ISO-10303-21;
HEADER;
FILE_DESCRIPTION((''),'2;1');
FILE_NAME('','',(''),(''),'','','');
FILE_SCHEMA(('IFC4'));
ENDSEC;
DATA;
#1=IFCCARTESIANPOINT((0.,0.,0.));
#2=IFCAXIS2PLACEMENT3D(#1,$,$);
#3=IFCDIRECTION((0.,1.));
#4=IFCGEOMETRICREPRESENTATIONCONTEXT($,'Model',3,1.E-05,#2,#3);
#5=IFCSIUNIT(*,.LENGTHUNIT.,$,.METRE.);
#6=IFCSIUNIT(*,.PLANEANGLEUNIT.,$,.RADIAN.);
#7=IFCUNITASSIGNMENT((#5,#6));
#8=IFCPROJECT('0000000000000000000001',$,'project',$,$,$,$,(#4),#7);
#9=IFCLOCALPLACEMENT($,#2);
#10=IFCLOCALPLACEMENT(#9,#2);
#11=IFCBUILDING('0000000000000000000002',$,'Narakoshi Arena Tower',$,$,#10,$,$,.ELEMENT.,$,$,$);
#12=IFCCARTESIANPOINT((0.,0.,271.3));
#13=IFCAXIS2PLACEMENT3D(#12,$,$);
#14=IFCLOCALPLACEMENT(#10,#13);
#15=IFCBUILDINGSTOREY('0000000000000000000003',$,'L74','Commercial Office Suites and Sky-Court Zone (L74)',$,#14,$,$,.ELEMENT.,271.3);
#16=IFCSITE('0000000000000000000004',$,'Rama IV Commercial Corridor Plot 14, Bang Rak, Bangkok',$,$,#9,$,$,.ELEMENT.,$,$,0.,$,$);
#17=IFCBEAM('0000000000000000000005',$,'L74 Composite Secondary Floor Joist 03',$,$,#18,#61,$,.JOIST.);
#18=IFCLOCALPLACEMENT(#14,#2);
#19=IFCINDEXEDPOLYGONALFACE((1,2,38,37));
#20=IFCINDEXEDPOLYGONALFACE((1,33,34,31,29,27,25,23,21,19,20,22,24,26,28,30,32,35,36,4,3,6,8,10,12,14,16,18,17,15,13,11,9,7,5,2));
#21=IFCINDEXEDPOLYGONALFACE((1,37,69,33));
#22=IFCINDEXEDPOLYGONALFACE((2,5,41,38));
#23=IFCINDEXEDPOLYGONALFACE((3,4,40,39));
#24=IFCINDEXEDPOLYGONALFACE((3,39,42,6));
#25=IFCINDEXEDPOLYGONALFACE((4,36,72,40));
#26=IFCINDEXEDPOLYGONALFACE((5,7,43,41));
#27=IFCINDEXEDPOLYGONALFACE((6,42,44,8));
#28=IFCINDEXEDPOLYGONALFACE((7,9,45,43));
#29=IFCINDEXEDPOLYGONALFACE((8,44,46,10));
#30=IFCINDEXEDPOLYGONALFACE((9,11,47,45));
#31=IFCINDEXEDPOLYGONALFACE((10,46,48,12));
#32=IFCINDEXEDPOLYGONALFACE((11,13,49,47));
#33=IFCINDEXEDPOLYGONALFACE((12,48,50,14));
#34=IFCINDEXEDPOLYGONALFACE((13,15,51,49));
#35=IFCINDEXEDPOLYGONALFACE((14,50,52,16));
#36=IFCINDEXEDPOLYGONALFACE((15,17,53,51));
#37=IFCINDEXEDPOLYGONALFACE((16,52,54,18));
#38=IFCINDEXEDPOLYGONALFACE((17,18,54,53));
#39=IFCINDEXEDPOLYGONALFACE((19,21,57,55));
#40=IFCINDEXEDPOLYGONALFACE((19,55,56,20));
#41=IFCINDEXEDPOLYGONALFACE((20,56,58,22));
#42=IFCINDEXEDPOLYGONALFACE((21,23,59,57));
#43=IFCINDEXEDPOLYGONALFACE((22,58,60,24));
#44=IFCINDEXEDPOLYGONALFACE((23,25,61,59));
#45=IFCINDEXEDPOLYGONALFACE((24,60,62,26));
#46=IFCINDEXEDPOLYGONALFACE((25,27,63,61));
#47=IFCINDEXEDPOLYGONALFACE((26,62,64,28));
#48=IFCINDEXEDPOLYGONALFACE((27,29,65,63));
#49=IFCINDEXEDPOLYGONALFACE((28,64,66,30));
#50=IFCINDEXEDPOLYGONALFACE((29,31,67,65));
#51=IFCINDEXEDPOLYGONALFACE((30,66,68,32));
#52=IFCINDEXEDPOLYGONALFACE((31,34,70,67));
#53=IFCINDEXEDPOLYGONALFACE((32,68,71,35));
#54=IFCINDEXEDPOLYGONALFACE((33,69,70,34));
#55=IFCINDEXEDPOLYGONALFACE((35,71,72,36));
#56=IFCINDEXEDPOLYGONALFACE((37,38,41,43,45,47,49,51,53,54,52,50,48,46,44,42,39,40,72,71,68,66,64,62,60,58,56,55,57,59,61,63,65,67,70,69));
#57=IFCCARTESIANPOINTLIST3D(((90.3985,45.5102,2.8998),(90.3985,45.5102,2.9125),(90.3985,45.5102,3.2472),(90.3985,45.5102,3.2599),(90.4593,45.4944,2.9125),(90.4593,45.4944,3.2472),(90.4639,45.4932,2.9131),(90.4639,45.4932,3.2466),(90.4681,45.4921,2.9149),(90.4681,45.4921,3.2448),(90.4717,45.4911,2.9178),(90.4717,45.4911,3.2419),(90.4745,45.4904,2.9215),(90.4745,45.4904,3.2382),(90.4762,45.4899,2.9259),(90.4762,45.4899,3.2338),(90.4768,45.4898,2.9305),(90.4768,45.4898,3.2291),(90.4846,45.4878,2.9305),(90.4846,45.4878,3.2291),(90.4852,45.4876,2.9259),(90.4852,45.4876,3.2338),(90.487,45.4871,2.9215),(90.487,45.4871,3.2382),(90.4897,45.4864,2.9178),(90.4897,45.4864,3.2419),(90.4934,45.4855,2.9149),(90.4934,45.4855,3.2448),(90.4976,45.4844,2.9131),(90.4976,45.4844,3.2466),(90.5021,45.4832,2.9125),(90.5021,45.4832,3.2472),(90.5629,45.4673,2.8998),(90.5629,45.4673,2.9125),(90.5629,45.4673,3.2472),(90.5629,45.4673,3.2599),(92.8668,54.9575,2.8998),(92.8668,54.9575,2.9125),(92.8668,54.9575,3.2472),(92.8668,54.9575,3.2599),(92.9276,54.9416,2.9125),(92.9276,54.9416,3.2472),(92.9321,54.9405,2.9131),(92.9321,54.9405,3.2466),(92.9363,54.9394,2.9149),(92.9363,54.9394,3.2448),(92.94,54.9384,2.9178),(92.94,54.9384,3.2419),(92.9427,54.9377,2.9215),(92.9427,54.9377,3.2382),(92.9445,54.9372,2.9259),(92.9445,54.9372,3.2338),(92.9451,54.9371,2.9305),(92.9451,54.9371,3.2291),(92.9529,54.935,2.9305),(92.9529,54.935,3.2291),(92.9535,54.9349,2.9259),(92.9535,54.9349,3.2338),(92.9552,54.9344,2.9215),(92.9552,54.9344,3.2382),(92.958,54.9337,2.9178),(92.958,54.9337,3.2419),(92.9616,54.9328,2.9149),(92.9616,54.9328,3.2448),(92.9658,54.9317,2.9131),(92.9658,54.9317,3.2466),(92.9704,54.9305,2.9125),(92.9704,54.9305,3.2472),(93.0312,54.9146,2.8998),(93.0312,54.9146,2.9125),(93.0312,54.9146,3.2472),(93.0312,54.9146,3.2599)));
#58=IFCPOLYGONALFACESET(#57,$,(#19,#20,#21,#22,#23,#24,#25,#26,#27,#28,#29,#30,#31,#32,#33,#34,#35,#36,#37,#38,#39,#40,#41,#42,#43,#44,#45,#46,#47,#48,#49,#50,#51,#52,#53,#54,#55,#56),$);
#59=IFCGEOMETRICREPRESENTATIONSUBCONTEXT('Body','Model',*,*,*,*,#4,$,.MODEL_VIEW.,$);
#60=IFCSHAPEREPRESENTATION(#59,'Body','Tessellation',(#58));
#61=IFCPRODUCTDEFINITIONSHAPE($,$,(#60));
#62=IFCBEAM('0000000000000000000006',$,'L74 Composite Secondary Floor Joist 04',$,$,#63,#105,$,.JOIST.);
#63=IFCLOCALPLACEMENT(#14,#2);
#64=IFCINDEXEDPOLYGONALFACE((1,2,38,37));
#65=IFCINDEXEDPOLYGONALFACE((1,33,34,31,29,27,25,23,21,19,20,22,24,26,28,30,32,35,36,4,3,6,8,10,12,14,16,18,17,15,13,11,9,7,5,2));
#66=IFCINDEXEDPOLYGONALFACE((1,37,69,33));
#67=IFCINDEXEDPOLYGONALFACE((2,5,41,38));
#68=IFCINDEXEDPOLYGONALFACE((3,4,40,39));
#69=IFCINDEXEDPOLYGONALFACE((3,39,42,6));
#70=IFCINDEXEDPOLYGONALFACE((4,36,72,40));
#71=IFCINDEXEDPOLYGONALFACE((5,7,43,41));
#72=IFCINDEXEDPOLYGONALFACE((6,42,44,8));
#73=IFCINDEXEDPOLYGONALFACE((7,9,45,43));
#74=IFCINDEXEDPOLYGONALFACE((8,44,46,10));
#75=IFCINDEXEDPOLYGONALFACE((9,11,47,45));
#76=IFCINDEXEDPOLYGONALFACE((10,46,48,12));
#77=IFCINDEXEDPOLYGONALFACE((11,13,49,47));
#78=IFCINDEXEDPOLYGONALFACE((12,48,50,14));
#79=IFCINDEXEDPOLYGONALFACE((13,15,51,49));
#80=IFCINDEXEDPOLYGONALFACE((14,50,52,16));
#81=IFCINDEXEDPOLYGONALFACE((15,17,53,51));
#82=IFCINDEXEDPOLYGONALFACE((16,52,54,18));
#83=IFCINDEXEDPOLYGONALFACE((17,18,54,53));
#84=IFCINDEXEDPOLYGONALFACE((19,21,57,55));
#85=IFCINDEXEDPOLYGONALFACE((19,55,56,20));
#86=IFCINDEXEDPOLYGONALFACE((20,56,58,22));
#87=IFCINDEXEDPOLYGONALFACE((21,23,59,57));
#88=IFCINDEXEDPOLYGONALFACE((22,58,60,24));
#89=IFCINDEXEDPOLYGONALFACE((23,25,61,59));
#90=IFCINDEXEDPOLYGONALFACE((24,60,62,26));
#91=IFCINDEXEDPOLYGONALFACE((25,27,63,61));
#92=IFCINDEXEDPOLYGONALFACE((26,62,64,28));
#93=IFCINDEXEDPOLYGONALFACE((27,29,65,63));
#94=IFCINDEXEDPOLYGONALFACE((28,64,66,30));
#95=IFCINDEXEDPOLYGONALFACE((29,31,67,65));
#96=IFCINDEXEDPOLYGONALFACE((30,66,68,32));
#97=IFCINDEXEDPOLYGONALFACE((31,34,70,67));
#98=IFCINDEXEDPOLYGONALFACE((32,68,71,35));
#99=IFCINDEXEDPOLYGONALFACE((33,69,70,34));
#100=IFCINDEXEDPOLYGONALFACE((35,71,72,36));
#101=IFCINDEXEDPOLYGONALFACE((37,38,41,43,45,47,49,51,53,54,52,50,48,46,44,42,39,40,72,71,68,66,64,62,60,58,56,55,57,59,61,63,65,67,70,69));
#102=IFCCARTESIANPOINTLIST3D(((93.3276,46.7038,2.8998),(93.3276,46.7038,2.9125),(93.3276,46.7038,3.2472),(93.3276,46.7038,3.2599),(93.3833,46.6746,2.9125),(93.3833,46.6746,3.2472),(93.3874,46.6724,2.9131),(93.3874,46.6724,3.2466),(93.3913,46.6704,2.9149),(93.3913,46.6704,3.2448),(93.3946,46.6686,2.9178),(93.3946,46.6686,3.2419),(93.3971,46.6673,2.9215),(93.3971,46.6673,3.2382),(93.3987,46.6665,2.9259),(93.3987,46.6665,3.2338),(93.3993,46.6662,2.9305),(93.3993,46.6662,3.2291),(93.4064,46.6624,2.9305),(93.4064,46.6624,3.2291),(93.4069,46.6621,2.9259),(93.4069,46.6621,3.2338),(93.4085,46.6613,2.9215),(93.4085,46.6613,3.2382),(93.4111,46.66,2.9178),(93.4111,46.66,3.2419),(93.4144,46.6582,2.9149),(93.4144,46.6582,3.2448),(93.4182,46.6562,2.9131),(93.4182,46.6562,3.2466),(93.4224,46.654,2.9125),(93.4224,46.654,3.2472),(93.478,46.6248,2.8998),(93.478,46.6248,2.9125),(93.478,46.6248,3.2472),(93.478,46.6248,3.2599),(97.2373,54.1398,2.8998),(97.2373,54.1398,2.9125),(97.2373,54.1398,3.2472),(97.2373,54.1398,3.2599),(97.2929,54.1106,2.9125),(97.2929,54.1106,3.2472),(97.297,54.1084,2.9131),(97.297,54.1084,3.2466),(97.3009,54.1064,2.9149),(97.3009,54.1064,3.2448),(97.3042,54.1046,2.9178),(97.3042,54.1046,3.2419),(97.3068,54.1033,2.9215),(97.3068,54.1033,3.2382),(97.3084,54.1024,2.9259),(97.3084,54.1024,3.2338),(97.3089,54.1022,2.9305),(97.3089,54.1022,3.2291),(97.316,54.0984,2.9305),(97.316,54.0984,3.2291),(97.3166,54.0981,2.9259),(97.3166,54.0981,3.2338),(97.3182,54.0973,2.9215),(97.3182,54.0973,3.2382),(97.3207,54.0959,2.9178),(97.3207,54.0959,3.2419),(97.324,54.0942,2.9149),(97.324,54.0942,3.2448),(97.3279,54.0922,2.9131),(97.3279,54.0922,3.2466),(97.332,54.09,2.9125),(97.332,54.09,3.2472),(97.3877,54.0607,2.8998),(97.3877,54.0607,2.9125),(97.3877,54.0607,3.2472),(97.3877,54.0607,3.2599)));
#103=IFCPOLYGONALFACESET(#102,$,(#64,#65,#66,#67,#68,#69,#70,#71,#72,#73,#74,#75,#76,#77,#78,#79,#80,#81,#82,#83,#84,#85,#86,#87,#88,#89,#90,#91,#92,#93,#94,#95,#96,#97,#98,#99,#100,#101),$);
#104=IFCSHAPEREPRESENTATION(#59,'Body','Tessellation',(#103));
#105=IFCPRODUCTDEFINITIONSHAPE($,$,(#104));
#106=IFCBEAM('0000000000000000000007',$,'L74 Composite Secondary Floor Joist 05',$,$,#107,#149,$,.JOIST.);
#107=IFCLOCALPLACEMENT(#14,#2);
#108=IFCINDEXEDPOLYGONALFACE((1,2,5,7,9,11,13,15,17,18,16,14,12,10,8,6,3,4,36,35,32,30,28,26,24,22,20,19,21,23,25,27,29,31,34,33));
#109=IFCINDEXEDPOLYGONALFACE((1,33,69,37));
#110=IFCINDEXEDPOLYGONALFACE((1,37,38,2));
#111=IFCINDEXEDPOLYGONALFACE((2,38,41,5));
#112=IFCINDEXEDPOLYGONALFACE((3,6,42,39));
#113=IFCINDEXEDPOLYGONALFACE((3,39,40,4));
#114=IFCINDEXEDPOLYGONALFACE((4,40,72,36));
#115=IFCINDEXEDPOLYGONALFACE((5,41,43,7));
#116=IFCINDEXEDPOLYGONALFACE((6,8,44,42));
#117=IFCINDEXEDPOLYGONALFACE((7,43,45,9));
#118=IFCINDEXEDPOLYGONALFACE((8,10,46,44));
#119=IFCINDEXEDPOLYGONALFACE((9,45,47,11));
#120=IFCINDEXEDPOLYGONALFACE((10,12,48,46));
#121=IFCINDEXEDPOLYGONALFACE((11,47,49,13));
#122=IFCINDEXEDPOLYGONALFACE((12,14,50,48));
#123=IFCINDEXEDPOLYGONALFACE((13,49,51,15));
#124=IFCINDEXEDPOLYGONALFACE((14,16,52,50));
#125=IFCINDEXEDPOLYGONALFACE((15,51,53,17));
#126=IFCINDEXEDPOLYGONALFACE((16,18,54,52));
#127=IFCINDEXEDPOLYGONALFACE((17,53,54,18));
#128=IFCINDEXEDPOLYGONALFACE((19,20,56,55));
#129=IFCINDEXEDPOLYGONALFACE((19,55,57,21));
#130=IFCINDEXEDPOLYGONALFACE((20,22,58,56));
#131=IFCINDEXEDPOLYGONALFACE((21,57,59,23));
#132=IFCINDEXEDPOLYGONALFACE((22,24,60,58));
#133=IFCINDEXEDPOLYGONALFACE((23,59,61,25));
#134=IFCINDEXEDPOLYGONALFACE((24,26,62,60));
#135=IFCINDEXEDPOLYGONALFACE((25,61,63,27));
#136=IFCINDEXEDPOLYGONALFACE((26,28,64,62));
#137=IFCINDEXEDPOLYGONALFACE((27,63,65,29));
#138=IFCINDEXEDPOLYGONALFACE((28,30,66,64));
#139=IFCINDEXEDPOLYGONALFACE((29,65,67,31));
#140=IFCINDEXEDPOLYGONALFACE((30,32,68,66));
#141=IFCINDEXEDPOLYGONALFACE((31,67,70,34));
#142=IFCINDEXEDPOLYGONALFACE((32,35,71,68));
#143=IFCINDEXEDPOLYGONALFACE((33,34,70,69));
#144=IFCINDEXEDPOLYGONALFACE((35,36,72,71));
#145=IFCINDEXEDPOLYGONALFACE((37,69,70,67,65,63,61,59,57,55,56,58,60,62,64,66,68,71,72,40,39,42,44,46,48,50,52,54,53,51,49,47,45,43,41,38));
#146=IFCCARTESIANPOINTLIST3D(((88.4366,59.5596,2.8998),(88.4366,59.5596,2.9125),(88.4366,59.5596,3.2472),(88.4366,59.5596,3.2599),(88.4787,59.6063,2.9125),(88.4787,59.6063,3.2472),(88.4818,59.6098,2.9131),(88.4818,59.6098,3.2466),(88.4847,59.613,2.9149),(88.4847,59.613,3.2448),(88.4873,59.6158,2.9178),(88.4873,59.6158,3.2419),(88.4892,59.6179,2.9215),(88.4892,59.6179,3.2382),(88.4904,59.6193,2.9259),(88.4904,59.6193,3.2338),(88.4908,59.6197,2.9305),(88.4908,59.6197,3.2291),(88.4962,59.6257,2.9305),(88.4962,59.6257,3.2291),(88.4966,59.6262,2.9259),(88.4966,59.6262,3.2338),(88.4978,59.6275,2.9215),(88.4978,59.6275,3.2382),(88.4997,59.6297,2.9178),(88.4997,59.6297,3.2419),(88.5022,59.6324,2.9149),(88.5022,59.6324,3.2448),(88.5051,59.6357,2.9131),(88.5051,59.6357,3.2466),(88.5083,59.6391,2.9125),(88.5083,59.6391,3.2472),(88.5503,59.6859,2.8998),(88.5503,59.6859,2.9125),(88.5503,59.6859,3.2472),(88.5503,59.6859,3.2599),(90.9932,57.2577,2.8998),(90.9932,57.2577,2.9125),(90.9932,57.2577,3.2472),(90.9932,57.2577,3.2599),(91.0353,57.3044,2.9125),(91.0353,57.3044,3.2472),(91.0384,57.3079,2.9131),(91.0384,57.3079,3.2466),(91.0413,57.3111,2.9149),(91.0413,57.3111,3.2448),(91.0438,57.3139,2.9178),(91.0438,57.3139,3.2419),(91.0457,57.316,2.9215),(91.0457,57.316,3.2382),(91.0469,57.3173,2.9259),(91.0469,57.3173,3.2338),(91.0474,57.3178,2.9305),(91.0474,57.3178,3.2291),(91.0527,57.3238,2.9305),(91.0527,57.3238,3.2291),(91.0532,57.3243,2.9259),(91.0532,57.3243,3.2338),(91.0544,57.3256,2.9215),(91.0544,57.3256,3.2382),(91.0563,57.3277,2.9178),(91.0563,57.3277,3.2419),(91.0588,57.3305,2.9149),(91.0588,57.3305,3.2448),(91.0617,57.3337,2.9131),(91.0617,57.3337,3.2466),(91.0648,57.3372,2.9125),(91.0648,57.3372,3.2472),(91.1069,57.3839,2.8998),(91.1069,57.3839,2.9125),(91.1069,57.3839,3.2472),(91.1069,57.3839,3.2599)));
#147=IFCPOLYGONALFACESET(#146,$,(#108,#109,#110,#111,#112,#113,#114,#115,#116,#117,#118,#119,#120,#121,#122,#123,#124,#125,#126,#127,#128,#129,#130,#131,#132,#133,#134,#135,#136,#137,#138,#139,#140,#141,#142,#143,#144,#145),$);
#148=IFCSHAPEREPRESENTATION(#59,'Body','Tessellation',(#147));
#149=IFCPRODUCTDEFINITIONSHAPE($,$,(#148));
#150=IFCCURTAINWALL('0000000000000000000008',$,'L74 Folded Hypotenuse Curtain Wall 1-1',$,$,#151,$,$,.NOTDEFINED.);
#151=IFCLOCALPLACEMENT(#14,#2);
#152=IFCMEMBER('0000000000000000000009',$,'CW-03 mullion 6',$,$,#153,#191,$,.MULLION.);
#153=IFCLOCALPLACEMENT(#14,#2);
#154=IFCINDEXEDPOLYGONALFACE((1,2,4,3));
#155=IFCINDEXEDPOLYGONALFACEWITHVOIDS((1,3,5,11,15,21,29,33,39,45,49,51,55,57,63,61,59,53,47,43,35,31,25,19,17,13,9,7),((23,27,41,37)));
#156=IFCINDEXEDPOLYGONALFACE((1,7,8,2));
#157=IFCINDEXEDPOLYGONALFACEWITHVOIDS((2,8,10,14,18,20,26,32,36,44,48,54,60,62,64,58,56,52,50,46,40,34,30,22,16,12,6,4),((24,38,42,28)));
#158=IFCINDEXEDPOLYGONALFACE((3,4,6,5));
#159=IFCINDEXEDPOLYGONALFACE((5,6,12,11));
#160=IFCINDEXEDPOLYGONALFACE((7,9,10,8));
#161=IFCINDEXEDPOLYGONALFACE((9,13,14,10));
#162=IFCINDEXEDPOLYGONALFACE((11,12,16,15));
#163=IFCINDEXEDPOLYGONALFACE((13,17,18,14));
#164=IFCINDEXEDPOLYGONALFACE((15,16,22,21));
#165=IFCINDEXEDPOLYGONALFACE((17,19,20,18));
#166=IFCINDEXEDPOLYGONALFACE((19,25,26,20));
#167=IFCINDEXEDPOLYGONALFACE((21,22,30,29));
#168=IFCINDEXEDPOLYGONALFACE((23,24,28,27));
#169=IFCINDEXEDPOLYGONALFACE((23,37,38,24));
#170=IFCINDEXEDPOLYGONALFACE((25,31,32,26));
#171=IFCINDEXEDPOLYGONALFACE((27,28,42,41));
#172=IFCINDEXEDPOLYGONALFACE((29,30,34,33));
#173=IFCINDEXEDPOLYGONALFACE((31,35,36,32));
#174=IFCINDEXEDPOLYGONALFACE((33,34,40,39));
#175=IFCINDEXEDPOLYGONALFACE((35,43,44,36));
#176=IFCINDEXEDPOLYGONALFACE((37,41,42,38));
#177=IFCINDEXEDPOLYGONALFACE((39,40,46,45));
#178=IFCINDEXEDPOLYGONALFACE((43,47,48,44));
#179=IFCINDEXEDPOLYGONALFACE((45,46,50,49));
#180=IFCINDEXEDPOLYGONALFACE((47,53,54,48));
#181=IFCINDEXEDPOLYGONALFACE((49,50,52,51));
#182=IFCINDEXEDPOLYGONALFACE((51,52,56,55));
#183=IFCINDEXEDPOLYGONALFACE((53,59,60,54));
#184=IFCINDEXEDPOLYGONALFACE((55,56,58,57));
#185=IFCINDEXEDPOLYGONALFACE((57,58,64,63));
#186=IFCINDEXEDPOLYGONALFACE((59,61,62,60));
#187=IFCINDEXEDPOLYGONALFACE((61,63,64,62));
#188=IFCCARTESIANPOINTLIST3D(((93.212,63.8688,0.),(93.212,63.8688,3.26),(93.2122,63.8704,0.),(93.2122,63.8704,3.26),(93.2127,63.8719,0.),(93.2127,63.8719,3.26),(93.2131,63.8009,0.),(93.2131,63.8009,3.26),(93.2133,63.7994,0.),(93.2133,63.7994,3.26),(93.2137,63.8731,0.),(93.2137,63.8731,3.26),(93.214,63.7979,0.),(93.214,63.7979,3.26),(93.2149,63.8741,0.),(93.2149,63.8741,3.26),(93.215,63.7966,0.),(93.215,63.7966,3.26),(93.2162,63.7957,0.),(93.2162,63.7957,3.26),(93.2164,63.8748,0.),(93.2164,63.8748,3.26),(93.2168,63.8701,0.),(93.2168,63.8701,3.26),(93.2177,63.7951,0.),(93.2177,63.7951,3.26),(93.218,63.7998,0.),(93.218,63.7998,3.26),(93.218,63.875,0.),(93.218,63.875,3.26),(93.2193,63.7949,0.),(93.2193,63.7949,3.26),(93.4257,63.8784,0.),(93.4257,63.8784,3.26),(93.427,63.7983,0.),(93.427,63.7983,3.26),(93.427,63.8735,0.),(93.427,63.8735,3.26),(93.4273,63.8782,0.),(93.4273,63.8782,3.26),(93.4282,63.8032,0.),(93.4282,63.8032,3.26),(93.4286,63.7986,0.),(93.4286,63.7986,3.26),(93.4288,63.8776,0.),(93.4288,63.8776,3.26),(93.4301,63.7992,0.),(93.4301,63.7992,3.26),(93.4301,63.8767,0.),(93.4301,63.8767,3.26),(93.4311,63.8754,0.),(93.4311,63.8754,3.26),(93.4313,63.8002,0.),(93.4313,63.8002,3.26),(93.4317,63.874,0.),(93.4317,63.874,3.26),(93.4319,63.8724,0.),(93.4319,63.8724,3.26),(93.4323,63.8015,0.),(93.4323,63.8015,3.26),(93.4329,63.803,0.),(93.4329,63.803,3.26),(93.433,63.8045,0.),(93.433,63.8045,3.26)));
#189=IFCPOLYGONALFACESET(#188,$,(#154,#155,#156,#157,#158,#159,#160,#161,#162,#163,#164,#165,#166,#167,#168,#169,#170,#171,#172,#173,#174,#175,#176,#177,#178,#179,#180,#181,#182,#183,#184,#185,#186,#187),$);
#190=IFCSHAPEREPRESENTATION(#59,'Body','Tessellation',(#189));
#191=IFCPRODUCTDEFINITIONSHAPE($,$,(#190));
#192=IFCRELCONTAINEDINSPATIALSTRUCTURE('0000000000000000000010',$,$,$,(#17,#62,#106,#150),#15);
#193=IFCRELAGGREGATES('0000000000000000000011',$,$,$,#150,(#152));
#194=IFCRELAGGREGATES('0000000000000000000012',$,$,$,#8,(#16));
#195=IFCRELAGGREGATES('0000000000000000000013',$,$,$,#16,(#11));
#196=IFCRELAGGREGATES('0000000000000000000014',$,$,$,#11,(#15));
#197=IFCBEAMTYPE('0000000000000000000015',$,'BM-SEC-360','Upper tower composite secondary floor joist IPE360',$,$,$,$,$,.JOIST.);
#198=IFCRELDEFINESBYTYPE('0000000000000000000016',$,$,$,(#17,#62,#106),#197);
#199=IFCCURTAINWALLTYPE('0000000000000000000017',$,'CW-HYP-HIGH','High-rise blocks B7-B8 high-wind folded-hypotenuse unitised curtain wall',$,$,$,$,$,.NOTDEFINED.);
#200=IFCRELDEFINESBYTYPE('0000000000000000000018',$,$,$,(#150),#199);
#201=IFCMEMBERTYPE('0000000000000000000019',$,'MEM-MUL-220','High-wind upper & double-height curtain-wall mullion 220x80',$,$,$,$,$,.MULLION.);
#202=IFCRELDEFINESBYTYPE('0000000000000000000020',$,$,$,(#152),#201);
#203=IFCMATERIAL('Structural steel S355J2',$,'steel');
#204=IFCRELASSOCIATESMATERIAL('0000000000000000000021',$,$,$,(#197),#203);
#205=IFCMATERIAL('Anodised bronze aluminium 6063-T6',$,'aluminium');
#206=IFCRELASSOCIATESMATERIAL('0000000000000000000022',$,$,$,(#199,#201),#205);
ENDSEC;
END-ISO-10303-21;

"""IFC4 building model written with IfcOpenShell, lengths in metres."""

from ifc_helpers import new_model, si_unit, direction, frame, origin, origin_2d, place, context, subcontext, project, spatial, hollow_rectangle, i_section, extrude, material, material_profile, profile_set, type_object, element, aggregate, save


model = new_model("IFC4")

# Units and contexts
model_context = context("Model", 3, precision=1e-05, world=origin(), true_north=direction((0.0, 1.0)))
body_context = subcontext(model_context, "Body", "Model", "MODEL_VIEW")
ifc_project = project(units=[si_unit("LENGTHUNIT", "METRE"), si_unit("PLANEANGLEUNIT", "RADIAN")], contexts=[model_context])

# Site, building, storey
site_placement = place(None, origin())
site = spatial("IfcSite", under=ifc_project, at=site_placement, Name="Rama IV Commercial Corridor Plot 14, Bang Rak, Bangkok", CompositionType="ELEMENT", RefElevation=0.0)
building_placement = place(site_placement, origin())
building = spatial("IfcBuilding", under=site, at=building_placement, Name="Narakoshi Arena Tower", CompositionType="ELEMENT")
storey_placement = place(building_placement, frame((0.0, 0.0, 271.3)))
storey = spatial("IfcBuildingStorey", under=building, at=storey_placement, Name="L74", Description="Commercial Office Suites and Sky-Court Zone (L74)", CompositionType="ELEMENT", Elevation=271.3)

# Beams
ifc_material_1 = material(Name="Structural steel S355J2", Category="steel")
ifc_material_profile_1 = material_profile(ifc_material_1, i_section(OverallWidth=0.1699, OverallDepth=0.3601, WebThickness=0.0081, FlangeThickness=0.0127, FilletRadius=0.0181, at=origin_2d()), Name="IPE360")
ifc_profile_set_1 = profile_set([ifc_material_profile_1], Name="Structural steel S355J2")
beam_type_1 = type_object("IfcBeamType", Name="BM-SEC-360", Description="Upper tower composite secondary floor joist IPE360", PredefinedType="JOIST", material=ifc_profile_set_1)
beam_1_placement = place(storey_placement, frame((90.4807, 45.4888, 3.0798), z_axis=(0.252782, 0.967523, 0.0), x_axis=(-0.967523, 0.252782, 0.0)))
element("IfcBeam", 1, at=beam_1_placement, inside=storey, type_object=beam_type_1, Name="L74 Composite Secondary Floor Joist 03", PredefinedType="JOIST", context=body_context, shape_type="SweptSolid", body=[
    extrude(i_section(OverallWidth=0.1699, OverallDepth=0.3601, WebThickness=0.0081, FlangeThickness=0.0127, FilletRadius=0.0181, at=origin_2d()), origin(), (0.0, 0.0, 1.0), 9.7644),
])
beam_2_placement = place(storey_placement, frame((93.4028, 46.6643, 3.0798), z_axis=(0.46537, 0.885116, 0.0), x_axis=(-0.885116, 0.46537, 0.0)))
element("IfcBeam", 2, at=beam_2_placement, inside=storey, type_object=beam_type_1, Name="L74 Composite Secondary Floor Joist 04", PredefinedType="JOIST", context=body_context, shape_type="SweptSolid", body=[
    extrude(i_section(OverallWidth=0.1699, OverallDepth=0.3601, WebThickness=0.0081, FlangeThickness=0.0127, FilletRadius=0.0181, at=origin_2d()), origin(), (0.0, 0.0, 1.0), 8.4011),
])
beam_3_placement = place(storey_placement, frame((91.05, 57.3208, 3.0798), z_axis=(-0.743146, 0.669129, 0.0), x_axis=(-0.669129, -0.743146, 0.0)))
element("IfcBeam", 3, at=beam_3_placement, inside=storey, type_object=beam_type_1, Name="L74 Composite Secondary Floor Joist 05", PredefinedType="JOIST", context=body_context, shape_type="SweptSolid", body=[
    extrude(i_section(OverallWidth=0.1699, OverallDepth=0.3601, WebThickness=0.0081, FlangeThickness=0.0127, FilletRadius=0.0181, at=origin_2d()), origin(), (0.0, 0.0, 1.0), 3.4402),
])

# Curtain wall, member
ifc_material_2 = material(Name="Anodised bronze aluminium 6063-T6", Category="aluminium")
curtain_wall_type = type_object("IfcCurtainWallType", Name="CW-HYP-HIGH", Description="High-rise blocks B7-B8 high-wind folded-hypotenuse unitised curtain wall", PredefinedType="NOTDEFINED", material=ifc_material_2)
curtain_wall_placement = place(storey_placement, origin())
curtain_wall = element("IfcCurtainWall", 4, at=curtain_wall_placement, inside=storey, type_object=curtain_wall_type, Name="L74 Folded Hypotenuse Curtain Wall 1-1", PredefinedType="NOTDEFINED")
ifc_material_profile_2 = material_profile(ifc_material_2, hollow_rectangle(XDim=0.0801, YDim=0.22, WallThickness=0.0049, OuterFilletRadius=0.0061, at=origin_2d()), Name="MUL220x80x5")
ifc_profile_set_2 = profile_set([ifc_material_profile_2], Name="Anodised bronze aluminium 6063-T6")
member_type_1 = type_object("IfcMemberType", Name="MEM-MUL-220", Description="High-wind upper & double-height curtain-wall mullion 220x80", PredefinedType="MULLION", material=ifc_profile_set_2)
member_1_placement = place(storey_placement, frame((93.3225, 63.8367, 0.0), z_axis=(0.0, 0.0, 1.0), x_axis=(0.016443, -0.999865, 0.0)))
member_1 = element("IfcMember", 5, at=member_1_placement, type_object=member_type_1, Name="CW-03 mullion 6", PredefinedType="MULLION", context=body_context, shape_type="SweptSolid", body=[
    extrude(hollow_rectangle(XDim=0.0801, YDim=0.22, WallThickness=0.0049, OuterFilletRadius=0.0061, at=origin_2d()), origin(), (0.0, 0.0, 1.0), 3.26),
])
aggregate(curtain_wall, [member_1])

save(model, "model.ifc")
